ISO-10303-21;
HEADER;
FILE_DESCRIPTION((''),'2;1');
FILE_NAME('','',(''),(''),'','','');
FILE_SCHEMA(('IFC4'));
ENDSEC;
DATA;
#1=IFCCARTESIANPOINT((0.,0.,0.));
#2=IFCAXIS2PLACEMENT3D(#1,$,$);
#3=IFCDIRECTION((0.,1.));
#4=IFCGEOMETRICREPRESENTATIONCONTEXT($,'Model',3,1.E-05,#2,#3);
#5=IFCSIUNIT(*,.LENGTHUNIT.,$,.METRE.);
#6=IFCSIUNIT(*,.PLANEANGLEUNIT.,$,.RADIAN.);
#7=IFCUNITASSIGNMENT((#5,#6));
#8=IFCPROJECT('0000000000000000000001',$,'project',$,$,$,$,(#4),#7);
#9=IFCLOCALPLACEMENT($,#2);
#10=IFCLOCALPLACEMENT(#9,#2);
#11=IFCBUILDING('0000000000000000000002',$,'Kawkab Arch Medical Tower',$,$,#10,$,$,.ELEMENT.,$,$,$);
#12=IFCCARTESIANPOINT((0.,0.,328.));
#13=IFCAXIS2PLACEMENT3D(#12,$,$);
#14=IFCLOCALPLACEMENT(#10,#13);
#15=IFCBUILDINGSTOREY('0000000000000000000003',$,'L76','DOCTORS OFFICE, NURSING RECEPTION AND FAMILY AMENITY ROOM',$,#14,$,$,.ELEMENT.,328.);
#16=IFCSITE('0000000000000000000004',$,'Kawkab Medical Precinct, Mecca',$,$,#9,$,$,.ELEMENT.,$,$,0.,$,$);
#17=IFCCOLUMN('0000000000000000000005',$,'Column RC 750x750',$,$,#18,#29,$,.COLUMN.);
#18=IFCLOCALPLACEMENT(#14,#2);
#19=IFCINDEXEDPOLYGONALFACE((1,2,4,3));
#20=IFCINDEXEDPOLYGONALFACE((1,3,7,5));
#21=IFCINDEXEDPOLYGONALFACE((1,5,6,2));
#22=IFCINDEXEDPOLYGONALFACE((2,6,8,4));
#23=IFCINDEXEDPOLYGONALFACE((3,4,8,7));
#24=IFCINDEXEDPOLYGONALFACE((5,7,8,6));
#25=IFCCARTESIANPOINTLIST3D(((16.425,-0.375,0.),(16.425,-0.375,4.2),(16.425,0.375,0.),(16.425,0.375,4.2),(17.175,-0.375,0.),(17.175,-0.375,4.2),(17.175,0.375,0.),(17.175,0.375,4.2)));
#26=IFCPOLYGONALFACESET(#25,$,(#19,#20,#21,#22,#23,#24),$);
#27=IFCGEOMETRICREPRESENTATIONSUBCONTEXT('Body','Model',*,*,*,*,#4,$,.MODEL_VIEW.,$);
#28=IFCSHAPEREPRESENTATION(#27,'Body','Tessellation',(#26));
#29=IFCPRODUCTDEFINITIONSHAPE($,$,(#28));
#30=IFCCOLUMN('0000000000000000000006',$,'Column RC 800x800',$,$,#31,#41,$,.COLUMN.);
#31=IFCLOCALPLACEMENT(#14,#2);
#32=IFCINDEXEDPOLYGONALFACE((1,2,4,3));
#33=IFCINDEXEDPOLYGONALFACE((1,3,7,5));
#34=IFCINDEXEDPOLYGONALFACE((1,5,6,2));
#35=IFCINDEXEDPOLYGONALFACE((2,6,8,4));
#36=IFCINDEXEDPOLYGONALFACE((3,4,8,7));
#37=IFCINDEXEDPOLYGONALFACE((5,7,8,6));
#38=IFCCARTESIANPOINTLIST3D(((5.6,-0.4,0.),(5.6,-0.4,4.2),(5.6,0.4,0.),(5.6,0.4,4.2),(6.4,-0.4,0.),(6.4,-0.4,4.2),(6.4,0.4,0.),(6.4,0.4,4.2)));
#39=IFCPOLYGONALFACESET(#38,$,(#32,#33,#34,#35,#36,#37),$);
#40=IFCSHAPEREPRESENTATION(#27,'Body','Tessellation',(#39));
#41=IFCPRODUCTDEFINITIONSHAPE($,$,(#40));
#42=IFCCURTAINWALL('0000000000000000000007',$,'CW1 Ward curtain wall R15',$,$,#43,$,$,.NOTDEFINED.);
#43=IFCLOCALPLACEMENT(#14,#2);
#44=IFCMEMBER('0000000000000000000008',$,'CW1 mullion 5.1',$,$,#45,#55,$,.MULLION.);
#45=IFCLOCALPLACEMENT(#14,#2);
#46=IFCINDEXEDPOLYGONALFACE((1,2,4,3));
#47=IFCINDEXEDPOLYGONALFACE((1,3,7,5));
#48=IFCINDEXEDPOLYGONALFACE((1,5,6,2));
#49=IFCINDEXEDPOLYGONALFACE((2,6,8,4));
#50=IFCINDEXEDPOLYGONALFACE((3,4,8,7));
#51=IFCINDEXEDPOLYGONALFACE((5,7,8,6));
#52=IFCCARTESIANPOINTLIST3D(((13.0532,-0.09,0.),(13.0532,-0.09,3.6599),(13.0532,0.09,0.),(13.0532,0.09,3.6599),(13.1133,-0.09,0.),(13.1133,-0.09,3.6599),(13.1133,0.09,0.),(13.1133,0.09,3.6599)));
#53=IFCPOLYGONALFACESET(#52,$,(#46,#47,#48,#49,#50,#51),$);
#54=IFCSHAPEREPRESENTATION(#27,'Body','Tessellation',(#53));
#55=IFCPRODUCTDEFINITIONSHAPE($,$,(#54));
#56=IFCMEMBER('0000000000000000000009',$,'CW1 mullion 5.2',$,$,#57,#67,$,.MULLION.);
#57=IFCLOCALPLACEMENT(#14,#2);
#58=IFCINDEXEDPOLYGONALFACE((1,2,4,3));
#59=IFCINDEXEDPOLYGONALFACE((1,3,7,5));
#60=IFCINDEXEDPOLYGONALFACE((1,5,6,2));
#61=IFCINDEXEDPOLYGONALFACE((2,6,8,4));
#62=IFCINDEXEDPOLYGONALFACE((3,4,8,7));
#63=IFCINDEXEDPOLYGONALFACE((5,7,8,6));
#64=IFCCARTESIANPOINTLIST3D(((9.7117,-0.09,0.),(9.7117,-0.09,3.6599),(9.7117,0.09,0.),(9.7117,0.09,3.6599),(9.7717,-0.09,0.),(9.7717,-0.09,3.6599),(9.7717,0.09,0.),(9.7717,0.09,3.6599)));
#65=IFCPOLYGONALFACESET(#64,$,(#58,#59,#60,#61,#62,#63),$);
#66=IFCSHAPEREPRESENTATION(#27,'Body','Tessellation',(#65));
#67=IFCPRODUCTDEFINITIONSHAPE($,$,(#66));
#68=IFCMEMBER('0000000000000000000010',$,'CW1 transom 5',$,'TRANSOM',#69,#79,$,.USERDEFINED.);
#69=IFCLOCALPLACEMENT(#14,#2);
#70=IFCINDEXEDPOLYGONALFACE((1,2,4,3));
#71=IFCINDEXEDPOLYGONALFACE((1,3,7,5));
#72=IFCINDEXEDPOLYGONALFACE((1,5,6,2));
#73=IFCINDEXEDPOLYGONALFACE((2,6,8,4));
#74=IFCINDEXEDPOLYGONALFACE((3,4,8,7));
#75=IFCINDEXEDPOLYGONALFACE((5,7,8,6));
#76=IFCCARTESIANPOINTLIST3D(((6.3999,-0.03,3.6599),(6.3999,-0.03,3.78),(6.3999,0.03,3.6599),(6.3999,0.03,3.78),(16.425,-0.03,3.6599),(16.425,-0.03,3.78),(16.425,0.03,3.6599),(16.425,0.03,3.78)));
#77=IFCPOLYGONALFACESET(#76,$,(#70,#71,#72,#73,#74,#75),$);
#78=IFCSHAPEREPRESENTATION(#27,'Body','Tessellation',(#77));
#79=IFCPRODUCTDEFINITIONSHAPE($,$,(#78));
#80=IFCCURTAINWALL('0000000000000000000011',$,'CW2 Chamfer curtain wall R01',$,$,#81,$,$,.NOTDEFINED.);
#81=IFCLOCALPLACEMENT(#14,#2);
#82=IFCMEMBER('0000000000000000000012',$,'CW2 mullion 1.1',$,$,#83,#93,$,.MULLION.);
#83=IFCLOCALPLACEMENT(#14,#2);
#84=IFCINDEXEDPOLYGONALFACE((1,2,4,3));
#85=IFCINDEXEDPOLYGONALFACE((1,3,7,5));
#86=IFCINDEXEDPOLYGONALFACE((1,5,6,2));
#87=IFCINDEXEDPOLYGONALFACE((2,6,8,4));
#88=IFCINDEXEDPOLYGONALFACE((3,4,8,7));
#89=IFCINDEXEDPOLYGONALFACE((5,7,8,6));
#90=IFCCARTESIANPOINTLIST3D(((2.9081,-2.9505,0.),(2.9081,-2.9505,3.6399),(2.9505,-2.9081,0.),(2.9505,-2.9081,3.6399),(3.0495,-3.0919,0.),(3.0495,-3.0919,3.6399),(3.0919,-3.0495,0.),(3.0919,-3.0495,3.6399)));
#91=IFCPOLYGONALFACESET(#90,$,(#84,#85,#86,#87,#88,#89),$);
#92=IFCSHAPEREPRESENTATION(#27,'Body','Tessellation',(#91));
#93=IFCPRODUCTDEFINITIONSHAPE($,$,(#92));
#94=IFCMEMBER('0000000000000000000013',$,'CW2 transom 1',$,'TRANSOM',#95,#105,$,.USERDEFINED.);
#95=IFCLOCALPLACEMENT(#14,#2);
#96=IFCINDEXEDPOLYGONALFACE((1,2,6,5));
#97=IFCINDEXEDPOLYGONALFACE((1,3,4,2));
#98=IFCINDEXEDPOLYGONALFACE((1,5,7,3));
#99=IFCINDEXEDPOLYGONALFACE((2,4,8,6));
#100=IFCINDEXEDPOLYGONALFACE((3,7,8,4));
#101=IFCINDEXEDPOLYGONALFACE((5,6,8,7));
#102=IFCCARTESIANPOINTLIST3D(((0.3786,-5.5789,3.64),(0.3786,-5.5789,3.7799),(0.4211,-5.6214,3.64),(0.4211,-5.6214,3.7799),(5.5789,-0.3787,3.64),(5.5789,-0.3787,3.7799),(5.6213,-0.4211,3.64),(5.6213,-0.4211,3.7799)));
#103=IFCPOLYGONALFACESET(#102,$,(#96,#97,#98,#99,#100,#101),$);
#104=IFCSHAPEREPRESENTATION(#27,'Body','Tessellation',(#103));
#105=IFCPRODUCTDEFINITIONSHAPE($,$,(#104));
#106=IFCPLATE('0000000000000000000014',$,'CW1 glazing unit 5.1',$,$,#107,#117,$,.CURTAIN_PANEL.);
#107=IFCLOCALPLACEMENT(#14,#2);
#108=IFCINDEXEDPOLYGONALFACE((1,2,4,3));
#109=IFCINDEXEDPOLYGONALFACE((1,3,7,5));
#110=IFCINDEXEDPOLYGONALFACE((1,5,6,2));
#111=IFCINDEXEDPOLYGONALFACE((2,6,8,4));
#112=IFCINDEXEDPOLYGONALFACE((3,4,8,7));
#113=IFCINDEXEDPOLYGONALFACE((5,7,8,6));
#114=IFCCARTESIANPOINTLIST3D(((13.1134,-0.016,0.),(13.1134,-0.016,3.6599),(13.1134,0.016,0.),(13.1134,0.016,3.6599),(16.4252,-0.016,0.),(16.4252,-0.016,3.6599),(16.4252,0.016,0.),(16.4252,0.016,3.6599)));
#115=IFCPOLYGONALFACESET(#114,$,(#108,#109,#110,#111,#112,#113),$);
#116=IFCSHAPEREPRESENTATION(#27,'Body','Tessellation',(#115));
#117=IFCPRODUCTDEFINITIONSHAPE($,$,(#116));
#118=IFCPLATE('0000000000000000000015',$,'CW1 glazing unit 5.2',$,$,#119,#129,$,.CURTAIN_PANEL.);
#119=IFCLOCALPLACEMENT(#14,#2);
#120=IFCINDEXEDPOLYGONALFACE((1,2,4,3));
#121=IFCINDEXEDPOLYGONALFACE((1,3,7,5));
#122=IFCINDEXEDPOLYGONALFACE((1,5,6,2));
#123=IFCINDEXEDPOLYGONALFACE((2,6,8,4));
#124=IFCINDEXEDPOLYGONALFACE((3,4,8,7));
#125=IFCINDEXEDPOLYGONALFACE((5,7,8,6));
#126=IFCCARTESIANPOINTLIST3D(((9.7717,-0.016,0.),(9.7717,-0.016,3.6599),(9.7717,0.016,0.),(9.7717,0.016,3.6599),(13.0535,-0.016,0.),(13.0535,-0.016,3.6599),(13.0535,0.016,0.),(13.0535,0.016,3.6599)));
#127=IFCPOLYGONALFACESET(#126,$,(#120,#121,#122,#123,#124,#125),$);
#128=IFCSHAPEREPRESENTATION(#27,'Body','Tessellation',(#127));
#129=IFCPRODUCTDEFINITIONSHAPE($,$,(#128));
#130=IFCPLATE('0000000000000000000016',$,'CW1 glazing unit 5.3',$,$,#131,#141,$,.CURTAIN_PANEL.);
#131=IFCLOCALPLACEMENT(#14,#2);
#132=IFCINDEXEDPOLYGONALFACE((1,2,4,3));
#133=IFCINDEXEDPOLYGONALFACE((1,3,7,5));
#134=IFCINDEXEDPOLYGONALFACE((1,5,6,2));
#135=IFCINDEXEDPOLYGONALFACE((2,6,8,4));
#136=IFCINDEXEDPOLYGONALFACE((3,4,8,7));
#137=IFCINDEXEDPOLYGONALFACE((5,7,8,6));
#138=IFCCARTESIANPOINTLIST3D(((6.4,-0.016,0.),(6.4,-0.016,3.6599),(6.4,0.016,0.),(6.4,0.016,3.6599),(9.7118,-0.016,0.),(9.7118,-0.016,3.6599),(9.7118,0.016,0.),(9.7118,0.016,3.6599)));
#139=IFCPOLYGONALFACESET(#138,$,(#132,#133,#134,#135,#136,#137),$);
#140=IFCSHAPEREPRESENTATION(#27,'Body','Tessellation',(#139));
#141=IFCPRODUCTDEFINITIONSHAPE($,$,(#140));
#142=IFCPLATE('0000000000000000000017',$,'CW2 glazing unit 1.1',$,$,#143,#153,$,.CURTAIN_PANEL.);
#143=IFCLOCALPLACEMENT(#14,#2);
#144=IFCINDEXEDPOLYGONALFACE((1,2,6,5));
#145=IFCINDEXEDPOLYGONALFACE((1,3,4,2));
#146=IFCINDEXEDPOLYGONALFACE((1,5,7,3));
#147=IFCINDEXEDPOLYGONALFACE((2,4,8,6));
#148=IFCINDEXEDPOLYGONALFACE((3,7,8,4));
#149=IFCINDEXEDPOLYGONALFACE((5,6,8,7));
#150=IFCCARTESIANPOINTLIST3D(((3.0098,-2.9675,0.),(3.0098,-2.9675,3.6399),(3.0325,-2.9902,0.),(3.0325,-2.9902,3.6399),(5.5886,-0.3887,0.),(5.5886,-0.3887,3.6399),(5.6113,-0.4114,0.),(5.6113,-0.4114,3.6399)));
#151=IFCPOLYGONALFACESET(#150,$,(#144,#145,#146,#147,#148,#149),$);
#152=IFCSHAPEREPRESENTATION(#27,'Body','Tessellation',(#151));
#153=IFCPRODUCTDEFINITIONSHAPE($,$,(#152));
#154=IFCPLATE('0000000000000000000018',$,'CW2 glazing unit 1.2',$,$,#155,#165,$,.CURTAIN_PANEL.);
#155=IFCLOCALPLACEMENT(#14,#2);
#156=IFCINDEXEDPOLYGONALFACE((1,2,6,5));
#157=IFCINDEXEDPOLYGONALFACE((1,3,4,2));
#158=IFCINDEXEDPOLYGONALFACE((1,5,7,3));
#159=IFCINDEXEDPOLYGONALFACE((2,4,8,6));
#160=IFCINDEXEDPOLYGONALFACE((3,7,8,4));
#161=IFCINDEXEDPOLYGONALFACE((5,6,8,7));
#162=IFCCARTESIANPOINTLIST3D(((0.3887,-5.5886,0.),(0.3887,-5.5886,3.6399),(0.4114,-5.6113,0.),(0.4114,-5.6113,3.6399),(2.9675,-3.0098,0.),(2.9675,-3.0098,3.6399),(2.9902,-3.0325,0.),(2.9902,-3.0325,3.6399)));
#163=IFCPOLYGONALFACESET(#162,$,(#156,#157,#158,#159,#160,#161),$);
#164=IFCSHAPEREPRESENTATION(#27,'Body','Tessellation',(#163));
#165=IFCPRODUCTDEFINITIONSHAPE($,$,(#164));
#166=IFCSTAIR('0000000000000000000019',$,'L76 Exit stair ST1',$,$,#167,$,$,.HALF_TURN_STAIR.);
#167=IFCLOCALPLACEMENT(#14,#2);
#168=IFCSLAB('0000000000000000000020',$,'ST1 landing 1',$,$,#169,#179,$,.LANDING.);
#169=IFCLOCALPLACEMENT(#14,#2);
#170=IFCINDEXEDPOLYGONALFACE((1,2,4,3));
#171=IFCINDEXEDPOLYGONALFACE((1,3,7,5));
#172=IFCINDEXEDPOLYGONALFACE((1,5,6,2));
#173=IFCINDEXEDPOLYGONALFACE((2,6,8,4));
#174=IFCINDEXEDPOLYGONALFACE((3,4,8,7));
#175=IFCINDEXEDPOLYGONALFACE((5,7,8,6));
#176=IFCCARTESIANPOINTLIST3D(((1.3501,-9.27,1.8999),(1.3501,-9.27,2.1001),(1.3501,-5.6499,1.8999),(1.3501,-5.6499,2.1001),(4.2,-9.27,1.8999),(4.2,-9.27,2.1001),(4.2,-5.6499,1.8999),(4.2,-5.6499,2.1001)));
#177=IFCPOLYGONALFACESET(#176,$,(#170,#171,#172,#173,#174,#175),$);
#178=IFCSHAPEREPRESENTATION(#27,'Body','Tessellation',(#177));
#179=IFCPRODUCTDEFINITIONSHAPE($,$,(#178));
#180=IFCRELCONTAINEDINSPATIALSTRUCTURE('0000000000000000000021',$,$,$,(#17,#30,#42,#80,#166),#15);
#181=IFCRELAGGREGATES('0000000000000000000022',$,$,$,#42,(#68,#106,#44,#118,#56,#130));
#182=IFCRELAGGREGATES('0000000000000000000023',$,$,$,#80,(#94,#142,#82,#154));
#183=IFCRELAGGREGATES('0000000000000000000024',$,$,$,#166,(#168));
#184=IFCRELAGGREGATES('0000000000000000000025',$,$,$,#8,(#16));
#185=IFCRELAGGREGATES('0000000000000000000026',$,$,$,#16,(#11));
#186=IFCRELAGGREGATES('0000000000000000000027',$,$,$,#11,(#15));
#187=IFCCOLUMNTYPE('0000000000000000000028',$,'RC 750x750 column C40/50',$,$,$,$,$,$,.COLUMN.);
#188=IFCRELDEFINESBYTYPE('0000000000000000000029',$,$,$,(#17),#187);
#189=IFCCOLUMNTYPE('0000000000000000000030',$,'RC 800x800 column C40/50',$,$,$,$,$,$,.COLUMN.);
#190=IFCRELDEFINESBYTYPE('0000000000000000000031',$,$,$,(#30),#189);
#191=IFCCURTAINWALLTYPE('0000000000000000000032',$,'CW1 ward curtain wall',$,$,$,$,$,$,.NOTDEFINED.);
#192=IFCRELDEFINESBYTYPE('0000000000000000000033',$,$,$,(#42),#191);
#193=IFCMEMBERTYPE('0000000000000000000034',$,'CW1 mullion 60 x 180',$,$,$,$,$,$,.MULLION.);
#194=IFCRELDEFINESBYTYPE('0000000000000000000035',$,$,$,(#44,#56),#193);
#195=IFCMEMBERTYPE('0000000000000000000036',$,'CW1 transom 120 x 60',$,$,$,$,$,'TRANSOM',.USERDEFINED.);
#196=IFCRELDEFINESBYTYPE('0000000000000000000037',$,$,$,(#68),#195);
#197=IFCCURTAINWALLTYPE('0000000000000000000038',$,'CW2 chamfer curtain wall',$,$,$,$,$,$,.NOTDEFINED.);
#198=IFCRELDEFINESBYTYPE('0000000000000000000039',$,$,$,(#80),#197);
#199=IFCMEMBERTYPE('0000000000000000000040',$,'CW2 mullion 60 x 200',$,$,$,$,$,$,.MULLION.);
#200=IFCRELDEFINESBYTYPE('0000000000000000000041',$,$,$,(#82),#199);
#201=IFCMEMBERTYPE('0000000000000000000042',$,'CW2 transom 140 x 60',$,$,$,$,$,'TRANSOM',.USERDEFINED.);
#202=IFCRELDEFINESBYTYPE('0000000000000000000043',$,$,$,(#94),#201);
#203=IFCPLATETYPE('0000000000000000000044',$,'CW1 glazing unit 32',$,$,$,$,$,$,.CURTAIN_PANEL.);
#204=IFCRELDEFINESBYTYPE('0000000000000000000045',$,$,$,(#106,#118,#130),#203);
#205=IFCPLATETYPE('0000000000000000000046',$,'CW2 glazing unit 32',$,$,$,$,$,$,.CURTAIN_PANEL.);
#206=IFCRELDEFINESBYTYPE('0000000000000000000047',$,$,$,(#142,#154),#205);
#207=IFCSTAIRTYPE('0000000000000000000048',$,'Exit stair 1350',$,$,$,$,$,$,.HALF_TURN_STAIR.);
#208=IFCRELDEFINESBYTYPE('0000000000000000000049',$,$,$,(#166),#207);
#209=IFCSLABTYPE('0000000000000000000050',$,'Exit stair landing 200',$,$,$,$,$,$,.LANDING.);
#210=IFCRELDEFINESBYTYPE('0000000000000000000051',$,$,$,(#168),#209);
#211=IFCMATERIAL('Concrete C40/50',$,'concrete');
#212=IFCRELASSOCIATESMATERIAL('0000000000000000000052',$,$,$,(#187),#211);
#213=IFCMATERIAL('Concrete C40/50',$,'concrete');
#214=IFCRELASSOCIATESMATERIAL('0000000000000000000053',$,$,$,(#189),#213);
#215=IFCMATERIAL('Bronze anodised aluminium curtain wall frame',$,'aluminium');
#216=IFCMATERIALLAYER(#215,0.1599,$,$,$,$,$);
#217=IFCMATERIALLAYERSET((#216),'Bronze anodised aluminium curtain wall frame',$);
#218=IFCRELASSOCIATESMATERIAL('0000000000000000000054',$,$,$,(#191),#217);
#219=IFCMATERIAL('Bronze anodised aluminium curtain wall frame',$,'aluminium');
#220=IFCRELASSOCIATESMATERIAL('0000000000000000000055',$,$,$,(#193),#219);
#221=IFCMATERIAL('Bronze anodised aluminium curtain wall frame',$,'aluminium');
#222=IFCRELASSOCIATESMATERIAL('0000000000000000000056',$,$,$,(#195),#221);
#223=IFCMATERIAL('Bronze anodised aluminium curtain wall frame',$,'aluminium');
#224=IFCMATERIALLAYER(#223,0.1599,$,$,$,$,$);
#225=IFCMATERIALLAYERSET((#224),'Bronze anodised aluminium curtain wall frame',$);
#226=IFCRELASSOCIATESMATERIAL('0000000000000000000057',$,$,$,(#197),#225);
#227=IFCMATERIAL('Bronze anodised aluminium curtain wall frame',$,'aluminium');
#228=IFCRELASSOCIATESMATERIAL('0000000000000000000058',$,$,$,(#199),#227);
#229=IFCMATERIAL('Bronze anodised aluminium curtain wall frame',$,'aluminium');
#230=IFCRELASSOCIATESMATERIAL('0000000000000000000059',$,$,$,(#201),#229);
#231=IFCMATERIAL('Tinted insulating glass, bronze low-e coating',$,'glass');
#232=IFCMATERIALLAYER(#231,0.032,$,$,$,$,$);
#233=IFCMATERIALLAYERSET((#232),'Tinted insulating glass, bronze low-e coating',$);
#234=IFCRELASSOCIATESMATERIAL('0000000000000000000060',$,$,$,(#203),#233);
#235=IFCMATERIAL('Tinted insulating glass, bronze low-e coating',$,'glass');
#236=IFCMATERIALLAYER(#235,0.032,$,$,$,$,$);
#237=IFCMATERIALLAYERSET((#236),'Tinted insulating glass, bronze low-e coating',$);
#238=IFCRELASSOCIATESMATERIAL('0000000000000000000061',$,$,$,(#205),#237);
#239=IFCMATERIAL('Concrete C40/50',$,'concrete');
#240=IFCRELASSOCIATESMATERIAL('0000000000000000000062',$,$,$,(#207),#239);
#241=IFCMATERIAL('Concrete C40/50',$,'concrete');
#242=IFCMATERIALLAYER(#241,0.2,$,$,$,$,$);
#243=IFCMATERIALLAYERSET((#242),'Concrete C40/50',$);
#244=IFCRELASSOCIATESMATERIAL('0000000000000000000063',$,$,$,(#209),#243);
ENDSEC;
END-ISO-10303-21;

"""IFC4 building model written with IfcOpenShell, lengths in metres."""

from ifc_helpers import new_model, si_unit, direction, frame, origin, origin_2d, place, context, subcontext, project, spatial, polyline, rectangle, outline, extrude, material, layer, layer_set, material_profile, profile_set, type_object, element, aggregate, save


model = new_model("IFC4")

# Units and contexts
model_context = context("Model", 3, precision=1e-05, world=origin(), true_north=direction((0.0, 1.0)))
body_context = subcontext(model_context, "Body", "Model", "MODEL_VIEW")
ifc_project = project(units=[si_unit("LENGTHUNIT", "METRE"), si_unit("PLANEANGLEUNIT", "RADIAN")], contexts=[model_context])

# Site, building, storey
site_placement = place(None, origin())
site = spatial("IfcSite", under=ifc_project, at=site_placement, Name="Kawkab Medical Precinct, Mecca", CompositionType="ELEMENT", RefElevation=0.0)
building_placement = place(site_placement, origin())
building = spatial("IfcBuilding", under=site, at=building_placement, Name="Kawkab Arch Medical Tower", CompositionType="ELEMENT")
storey_placement = place(building_placement, frame((0.0, 0.0, 328.0)))
storey = spatial("IfcBuildingStorey", under=building, at=storey_placement, Name="L76", Description="DOCTORS OFFICE, NURSING RECEPTION AND FAMILY AMENITY ROOM", CompositionType="ELEMENT", Elevation=328.0)

# Columns
ifc_material_1 = material(Name="Concrete C40/50", Category="concrete")
ifc_material_profile_1 = material_profile(ifc_material_1, rectangle(XDim=0.75, YDim=0.75, at=origin_2d()), Name="RC 750x750")
ifc_profile_set_1 = profile_set([ifc_material_profile_1], Name="Concrete C40/50")
column_type_1 = type_object("IfcColumnType", Name="RC 750x750 column C40/50", PredefinedType="COLUMN", material=ifc_profile_set_1)
column_1_placement = place(storey_placement, frame((16.8, 0.0, 0.0), z_axis=(0.0, 0.0, 1.0), x_axis=(1.0, 0.0, 0.0)))
element("IfcColumn", 1, at=column_1_placement, inside=storey, type_object=column_type_1, Name="Column RC 750x750", PredefinedType="COLUMN", context=body_context, shape_type="SweptSolid", body=[
    extrude(rectangle(XDim=0.75, YDim=0.75, at=origin_2d()), origin(), (0.0, 0.0, 1.0), 4.2),
])
ifc_material_2 = material(Name="Concrete C40/50", Category="concrete")
ifc_material_profile_2 = material_profile(ifc_material_2, rectangle(XDim=0.8, YDim=0.8, at=origin_2d()), Name="RC 800x800")
ifc_profile_set_2 = profile_set([ifc_material_profile_2], Name="Concrete C40/50")
column_type_2 = type_object("IfcColumnType", Name="RC 800x800 column C40/50", PredefinedType="COLUMN", material=ifc_profile_set_2)
column_2_placement = place(storey_placement, frame((6.0, 0.0, 0.0), z_axis=(0.0, 0.0, 1.0), x_axis=(1.0, 0.0, 0.0)))
element("IfcColumn", 2, at=column_2_placement, inside=storey, type_object=column_type_2, Name="Column RC 800x800", PredefinedType="COLUMN", context=body_context, shape_type="SweptSolid", body=[
    extrude(rectangle(XDim=0.8, YDim=0.8, at=origin_2d()), origin(), (0.0, 0.0, 1.0), 4.2),
])

# Curtain walls, members
ifc_material_3 = material(Name="Bronze anodised aluminium curtain wall frame", Category="aluminium")
ifc_layer_1 = layer(ifc_material_3, 0.1599)
ifc_layer_set_1 = layer_set([ifc_layer_1], Name="Bronze anodised aluminium curtain wall frame")
curtain_wall_type_1 = type_object("IfcCurtainWallType", Name="CW1 ward curtain wall", PredefinedType="NOTDEFINED", material=ifc_layer_set_1)
placement_1 = place(storey_placement, origin())
curtain_wall_1 = element("IfcCurtainWall", 3, at=placement_1, inside=storey, type_object=curtain_wall_type_1, Name="CW1 Ward curtain wall R15", PredefinedType="NOTDEFINED")
ifc_material_4 = material(Name="Bronze anodised aluminium curtain wall frame", Category="aluminium")
ifc_material_profile_3 = material_profile(ifc_material_4, rectangle(XDim=0.1799, YDim=0.0601, at=origin_2d()), Name="AL 60x180")
ifc_profile_set_3 = profile_set([ifc_material_profile_3], Name="Bronze anodised aluminium curtain wall frame")
member_type_1 = type_object("IfcMemberType", Name="CW1 mullion 60 x 180", PredefinedType="MULLION", material=ifc_profile_set_3)
member_1_placement = place(storey_placement, frame((13.0833, 0.0, 0.0), z_axis=(0.0, 0.0, 1.0), x_axis=(0.0, -1.0, 0.0)))
member_1 = element("IfcMember", 4, at=member_1_placement, type_object=member_type_1, Name="CW1 mullion 5.1", PredefinedType="MULLION", context=body_context, shape_type="SweptSolid", body=[
    extrude(rectangle(XDim=0.1799, YDim=0.0601, at=origin_2d()), origin(), (0.0, 0.0, 1.0), 3.6599),
])
member_2_placement = place(storey_placement, frame((9.7417, 0.0, 0.0), z_axis=(0.0, 0.0, 1.0), x_axis=(0.0, -1.0, 0.0)))
member_2 = element("IfcMember", 5, at=member_2_placement, type_object=member_type_1, Name="CW1 mullion 5.2", PredefinedType="MULLION", context=body_context, shape_type="SweptSolid", body=[
    extrude(rectangle(XDim=0.1799, YDim=0.0601, at=origin_2d()), origin(), (0.0, 0.0, 1.0), 3.6599),
])
ifc_material_5 = material(Name="Bronze anodised aluminium curtain wall frame", Category="aluminium")
ifc_material_profile_4 = material_profile(ifc_material_5, rectangle(XDim=0.0601, YDim=0.1201, at=origin_2d()), Name="AL 60x120")
ifc_profile_set_4 = profile_set([ifc_material_profile_4], Name="Bronze anodised aluminium curtain wall frame")
member_type_2 = type_object("IfcMemberType", Name="CW1 transom 120 x 60", ElementType="TRANSOM", PredefinedType="USERDEFINED", material=ifc_profile_set_4)
member_3_placement = place(storey_placement, frame((16.425, 0.0, 3.72), z_axis=(-1.0, 0.0, 0.0), x_axis=(0.0, -1.0, 0.0)))
member_3 = element("IfcMember", 6, at=member_3_placement, type_object=member_type_2, Name="CW1 transom 5", ObjectType="TRANSOM", PredefinedType="USERDEFINED", context=body_context, shape_type="SweptSolid", body=[
    extrude(rectangle(XDim=0.0601, YDim=0.1201, at=origin_2d()), origin(), (0.0, 0.0, 1.0), 10.0251),
])
ifc_material_6 = material(Name="Bronze anodised aluminium curtain wall frame", Category="aluminium")
ifc_layer_2 = layer(ifc_material_6, 0.1599)
ifc_layer_set_2 = layer_set([ifc_layer_2], Name="Bronze anodised aluminium curtain wall frame")
curtain_wall_type_2 = type_object("IfcCurtainWallType", Name="CW2 chamfer curtain wall", PredefinedType="NOTDEFINED", material=ifc_layer_set_2)
curtain_wall_2 = element("IfcCurtainWall", 7, at=placement_1, inside=storey, type_object=curtain_wall_type_2, Name="CW2 Chamfer curtain wall R01", PredefinedType="NOTDEFINED")
ifc_material_7 = material(Name="Bronze anodised aluminium curtain wall frame", Category="aluminium")
ifc_material_profile_5 = material_profile(ifc_material_7, rectangle(XDim=0.2, YDim=0.0601, at=origin_2d()), Name="AL 60x200")
ifc_profile_set_5 = profile_set([ifc_material_profile_5], Name="Bronze anodised aluminium curtain wall frame")
member_type_3 = type_object("IfcMemberType", Name="CW2 mullion 60 x 200", PredefinedType="MULLION", material=ifc_profile_set_5)
member_4_placement = place(storey_placement, frame((3.0, -3.0, 0.0), z_axis=(0.0, 0.0, 1.0), x_axis=(0.707107, -0.707107, 0.0)))
member_4 = element("IfcMember", 8, at=member_4_placement, type_object=member_type_3, Name="CW2 mullion 1.1", PredefinedType="MULLION", context=body_context, shape_type="SweptSolid", body=[
    extrude(rectangle(XDim=0.2, YDim=0.0601, at=origin_2d()), origin(), (0.0, 0.0, 1.0), 3.6399),
])
ifc_material_8 = material(Name="Bronze anodised aluminium curtain wall frame", Category="aluminium")
ifc_material_profile_6 = material_profile(ifc_material_8, rectangle(XDim=0.0601, YDim=0.1399, at=origin_2d()), Name="AL 60x140")
ifc_profile_set_6 = profile_set([ifc_material_profile_6], Name="Bronze anodised aluminium curtain wall frame")
member_type_4 = type_object("IfcMemberType", Name="CW2 transom 140 x 60", ElementType="TRANSOM", PredefinedType="USERDEFINED", material=ifc_profile_set_6)
member_5_placement = place(storey_placement, frame((5.6001, -0.3999, 3.71), z_axis=(-0.707107, -0.707107, 0.0), x_axis=(0.707107, -0.707107, 0.0)))
member_5 = element("IfcMember", 9, at=member_5_placement, type_object=member_type_4, Name="CW2 transom 1", ObjectType="TRANSOM", PredefinedType="USERDEFINED", context=body_context, shape_type="SweptSolid", body=[
    extrude(rectangle(XDim=0.0601, YDim=0.1399, at=origin_2d()), origin(), (0.0, 0.0, 1.0), 7.3542),
])

# Plates
ifc_material_9 = material(Name="Tinted insulating glass, bronze low-e coating", Category="glass")
ifc_layer_3 = layer(ifc_material_9, 0.032)
ifc_layer_set_3 = layer_set([ifc_layer_3], Name="Tinted insulating glass, bronze low-e coating")
plate_type_1 = type_object("IfcPlateType", Name="CW1 glazing unit 32", PredefinedType="CURTAIN_PANEL", material=ifc_layer_set_3)
plate_1_placement = place(storey_placement, frame((14.7693, 0.0, 0.0), z_axis=(0.0, 0.0, 1.0), x_axis=(-1.0, 0.0, 0.0)))
plate_1 = element("IfcPlate", 10, at=plate_1_placement, type_object=plate_type_1, Name="CW1 glazing unit 5.1", PredefinedType="CURTAIN_PANEL", context=body_context, shape_type="SweptSolid", body=[
    extrude(rectangle(XDim=3.3118, YDim=0.032, at=origin_2d()), origin(), (0.0, 0.0, 1.0), 3.6599),
])
plate_2_placement = place(storey_placement, frame((11.4126, 0.0, 0.0), z_axis=(0.0, 0.0, 1.0), x_axis=(-1.0, 0.0, 0.0)))
plate_2 = element("IfcPlate", 11, at=plate_2_placement, type_object=plate_type_1, Name="CW1 glazing unit 5.2", PredefinedType="CURTAIN_PANEL", context=body_context, shape_type="SweptSolid", body=[
    extrude(rectangle(XDim=3.2817, YDim=0.032, at=origin_2d()), origin(), (0.0, 0.0, 1.0), 3.6599),
])
plate_3_placement = place(storey_placement, frame((8.0559, 0.0, 0.0), z_axis=(0.0, 0.0, 1.0), x_axis=(-1.0, 0.0, 0.0)))
plate_3 = element("IfcPlate", 12, at=plate_3_placement, type_object=plate_type_1, Name="CW1 glazing unit 5.3", PredefinedType="CURTAIN_PANEL", context=body_context, shape_type="SweptSolid", body=[
    extrude(rectangle(XDim=3.3118, YDim=0.032, at=origin_2d()), origin(), (0.0, 0.0, 1.0), 3.6599),
])
aggregate(curtain_wall_1, [member_3, plate_1, member_1, plate_2, member_2, plate_3])
ifc_material_10 = material(Name="Tinted insulating glass, bronze low-e coating", Category="glass")
ifc_layer_4 = layer(ifc_material_10, 0.032)
ifc_layer_set_4 = layer_set([ifc_layer_4], Name="Tinted insulating glass, bronze low-e coating")
plate_type_2 = type_object("IfcPlateType", Name="CW2 glazing unit 32", PredefinedType="CURTAIN_PANEL", material=ifc_layer_set_4)
plate_4_placement = place(storey_placement, frame((4.3105, -1.6895, 0.0), z_axis=(0.0, 0.0, 1.0), x_axis=(-0.707107, -0.707107, 0.0)))
plate_4 = element("IfcPlate", 13, at=plate_4_placement, type_object=plate_type_2, Name="CW2 glazing unit 1.1", PredefinedType="CURTAIN_PANEL", context=body_context, shape_type="SweptSolid", body=[
    extrude(rectangle(XDim=3.647, YDim=0.032, at=origin_2d()), origin(), (0.0, 0.0, 1.0), 3.6399),
])
plate_5_placement = place(storey_placement, frame((1.6895, -4.3105, 0.0), z_axis=(0.0, 0.0, 1.0), x_axis=(-0.707107, -0.707107, 0.0)))
plate_5 = element("IfcPlate", 14, at=plate_5_placement, type_object=plate_type_2, Name="CW2 glazing unit 1.2", PredefinedType="CURTAIN_PANEL", context=body_context, shape_type="SweptSolid", body=[
    extrude(rectangle(XDim=3.647, YDim=0.032, at=origin_2d()), origin(), (0.0, 0.0, 1.0), 3.6399),
])
aggregate(curtain_wall_2, [member_5, plate_4, member_4, plate_5])

# Stair, slab
ifc_material_11 = material(Name="Concrete C40/50", Category="concrete")
stair_type = type_object("IfcStairType", Name="Exit stair 1350", PredefinedType="HALF_TURN_STAIR", material=ifc_material_11)
stair_1 = element("IfcStair", 15, at=placement_1, inside=storey, type_object=stair_type, Name="L76 Exit stair ST1", PredefinedType="HALF_TURN_STAIR")
ifc_material_12 = material(Name="Concrete C40/50", Category="concrete")
ifc_layer_5 = layer(ifc_material_12, 0.2)
ifc_layer_set_5 = layer_set([ifc_layer_5], Name="Concrete C40/50")
slab_type_1 = type_object("IfcSlabType", Name="Exit stair landing 200", PredefinedType="LANDING", material=ifc_layer_set_5)
placement_2 = place(storey_placement, frame((0.0, 0.0, 1.8999)))
slab_1 = element("IfcSlab", 16, at=placement_2, type_object=slab_type_1, Name="ST1 landing 1", PredefinedType="LANDING", context=body_context, shape_type="SweptSolid", body=[
    extrude(outline(polyline([(4.2, -9.27), (4.2, -5.6499), (1.3501, -5.6499), (1.3501, -9.27), (4.2, -9.27)])), origin(), (0.0, 0.0, 1.0), 0.2002),
])
aggregate(stair_1, [slab_1])

save(model, "model.ifc")
